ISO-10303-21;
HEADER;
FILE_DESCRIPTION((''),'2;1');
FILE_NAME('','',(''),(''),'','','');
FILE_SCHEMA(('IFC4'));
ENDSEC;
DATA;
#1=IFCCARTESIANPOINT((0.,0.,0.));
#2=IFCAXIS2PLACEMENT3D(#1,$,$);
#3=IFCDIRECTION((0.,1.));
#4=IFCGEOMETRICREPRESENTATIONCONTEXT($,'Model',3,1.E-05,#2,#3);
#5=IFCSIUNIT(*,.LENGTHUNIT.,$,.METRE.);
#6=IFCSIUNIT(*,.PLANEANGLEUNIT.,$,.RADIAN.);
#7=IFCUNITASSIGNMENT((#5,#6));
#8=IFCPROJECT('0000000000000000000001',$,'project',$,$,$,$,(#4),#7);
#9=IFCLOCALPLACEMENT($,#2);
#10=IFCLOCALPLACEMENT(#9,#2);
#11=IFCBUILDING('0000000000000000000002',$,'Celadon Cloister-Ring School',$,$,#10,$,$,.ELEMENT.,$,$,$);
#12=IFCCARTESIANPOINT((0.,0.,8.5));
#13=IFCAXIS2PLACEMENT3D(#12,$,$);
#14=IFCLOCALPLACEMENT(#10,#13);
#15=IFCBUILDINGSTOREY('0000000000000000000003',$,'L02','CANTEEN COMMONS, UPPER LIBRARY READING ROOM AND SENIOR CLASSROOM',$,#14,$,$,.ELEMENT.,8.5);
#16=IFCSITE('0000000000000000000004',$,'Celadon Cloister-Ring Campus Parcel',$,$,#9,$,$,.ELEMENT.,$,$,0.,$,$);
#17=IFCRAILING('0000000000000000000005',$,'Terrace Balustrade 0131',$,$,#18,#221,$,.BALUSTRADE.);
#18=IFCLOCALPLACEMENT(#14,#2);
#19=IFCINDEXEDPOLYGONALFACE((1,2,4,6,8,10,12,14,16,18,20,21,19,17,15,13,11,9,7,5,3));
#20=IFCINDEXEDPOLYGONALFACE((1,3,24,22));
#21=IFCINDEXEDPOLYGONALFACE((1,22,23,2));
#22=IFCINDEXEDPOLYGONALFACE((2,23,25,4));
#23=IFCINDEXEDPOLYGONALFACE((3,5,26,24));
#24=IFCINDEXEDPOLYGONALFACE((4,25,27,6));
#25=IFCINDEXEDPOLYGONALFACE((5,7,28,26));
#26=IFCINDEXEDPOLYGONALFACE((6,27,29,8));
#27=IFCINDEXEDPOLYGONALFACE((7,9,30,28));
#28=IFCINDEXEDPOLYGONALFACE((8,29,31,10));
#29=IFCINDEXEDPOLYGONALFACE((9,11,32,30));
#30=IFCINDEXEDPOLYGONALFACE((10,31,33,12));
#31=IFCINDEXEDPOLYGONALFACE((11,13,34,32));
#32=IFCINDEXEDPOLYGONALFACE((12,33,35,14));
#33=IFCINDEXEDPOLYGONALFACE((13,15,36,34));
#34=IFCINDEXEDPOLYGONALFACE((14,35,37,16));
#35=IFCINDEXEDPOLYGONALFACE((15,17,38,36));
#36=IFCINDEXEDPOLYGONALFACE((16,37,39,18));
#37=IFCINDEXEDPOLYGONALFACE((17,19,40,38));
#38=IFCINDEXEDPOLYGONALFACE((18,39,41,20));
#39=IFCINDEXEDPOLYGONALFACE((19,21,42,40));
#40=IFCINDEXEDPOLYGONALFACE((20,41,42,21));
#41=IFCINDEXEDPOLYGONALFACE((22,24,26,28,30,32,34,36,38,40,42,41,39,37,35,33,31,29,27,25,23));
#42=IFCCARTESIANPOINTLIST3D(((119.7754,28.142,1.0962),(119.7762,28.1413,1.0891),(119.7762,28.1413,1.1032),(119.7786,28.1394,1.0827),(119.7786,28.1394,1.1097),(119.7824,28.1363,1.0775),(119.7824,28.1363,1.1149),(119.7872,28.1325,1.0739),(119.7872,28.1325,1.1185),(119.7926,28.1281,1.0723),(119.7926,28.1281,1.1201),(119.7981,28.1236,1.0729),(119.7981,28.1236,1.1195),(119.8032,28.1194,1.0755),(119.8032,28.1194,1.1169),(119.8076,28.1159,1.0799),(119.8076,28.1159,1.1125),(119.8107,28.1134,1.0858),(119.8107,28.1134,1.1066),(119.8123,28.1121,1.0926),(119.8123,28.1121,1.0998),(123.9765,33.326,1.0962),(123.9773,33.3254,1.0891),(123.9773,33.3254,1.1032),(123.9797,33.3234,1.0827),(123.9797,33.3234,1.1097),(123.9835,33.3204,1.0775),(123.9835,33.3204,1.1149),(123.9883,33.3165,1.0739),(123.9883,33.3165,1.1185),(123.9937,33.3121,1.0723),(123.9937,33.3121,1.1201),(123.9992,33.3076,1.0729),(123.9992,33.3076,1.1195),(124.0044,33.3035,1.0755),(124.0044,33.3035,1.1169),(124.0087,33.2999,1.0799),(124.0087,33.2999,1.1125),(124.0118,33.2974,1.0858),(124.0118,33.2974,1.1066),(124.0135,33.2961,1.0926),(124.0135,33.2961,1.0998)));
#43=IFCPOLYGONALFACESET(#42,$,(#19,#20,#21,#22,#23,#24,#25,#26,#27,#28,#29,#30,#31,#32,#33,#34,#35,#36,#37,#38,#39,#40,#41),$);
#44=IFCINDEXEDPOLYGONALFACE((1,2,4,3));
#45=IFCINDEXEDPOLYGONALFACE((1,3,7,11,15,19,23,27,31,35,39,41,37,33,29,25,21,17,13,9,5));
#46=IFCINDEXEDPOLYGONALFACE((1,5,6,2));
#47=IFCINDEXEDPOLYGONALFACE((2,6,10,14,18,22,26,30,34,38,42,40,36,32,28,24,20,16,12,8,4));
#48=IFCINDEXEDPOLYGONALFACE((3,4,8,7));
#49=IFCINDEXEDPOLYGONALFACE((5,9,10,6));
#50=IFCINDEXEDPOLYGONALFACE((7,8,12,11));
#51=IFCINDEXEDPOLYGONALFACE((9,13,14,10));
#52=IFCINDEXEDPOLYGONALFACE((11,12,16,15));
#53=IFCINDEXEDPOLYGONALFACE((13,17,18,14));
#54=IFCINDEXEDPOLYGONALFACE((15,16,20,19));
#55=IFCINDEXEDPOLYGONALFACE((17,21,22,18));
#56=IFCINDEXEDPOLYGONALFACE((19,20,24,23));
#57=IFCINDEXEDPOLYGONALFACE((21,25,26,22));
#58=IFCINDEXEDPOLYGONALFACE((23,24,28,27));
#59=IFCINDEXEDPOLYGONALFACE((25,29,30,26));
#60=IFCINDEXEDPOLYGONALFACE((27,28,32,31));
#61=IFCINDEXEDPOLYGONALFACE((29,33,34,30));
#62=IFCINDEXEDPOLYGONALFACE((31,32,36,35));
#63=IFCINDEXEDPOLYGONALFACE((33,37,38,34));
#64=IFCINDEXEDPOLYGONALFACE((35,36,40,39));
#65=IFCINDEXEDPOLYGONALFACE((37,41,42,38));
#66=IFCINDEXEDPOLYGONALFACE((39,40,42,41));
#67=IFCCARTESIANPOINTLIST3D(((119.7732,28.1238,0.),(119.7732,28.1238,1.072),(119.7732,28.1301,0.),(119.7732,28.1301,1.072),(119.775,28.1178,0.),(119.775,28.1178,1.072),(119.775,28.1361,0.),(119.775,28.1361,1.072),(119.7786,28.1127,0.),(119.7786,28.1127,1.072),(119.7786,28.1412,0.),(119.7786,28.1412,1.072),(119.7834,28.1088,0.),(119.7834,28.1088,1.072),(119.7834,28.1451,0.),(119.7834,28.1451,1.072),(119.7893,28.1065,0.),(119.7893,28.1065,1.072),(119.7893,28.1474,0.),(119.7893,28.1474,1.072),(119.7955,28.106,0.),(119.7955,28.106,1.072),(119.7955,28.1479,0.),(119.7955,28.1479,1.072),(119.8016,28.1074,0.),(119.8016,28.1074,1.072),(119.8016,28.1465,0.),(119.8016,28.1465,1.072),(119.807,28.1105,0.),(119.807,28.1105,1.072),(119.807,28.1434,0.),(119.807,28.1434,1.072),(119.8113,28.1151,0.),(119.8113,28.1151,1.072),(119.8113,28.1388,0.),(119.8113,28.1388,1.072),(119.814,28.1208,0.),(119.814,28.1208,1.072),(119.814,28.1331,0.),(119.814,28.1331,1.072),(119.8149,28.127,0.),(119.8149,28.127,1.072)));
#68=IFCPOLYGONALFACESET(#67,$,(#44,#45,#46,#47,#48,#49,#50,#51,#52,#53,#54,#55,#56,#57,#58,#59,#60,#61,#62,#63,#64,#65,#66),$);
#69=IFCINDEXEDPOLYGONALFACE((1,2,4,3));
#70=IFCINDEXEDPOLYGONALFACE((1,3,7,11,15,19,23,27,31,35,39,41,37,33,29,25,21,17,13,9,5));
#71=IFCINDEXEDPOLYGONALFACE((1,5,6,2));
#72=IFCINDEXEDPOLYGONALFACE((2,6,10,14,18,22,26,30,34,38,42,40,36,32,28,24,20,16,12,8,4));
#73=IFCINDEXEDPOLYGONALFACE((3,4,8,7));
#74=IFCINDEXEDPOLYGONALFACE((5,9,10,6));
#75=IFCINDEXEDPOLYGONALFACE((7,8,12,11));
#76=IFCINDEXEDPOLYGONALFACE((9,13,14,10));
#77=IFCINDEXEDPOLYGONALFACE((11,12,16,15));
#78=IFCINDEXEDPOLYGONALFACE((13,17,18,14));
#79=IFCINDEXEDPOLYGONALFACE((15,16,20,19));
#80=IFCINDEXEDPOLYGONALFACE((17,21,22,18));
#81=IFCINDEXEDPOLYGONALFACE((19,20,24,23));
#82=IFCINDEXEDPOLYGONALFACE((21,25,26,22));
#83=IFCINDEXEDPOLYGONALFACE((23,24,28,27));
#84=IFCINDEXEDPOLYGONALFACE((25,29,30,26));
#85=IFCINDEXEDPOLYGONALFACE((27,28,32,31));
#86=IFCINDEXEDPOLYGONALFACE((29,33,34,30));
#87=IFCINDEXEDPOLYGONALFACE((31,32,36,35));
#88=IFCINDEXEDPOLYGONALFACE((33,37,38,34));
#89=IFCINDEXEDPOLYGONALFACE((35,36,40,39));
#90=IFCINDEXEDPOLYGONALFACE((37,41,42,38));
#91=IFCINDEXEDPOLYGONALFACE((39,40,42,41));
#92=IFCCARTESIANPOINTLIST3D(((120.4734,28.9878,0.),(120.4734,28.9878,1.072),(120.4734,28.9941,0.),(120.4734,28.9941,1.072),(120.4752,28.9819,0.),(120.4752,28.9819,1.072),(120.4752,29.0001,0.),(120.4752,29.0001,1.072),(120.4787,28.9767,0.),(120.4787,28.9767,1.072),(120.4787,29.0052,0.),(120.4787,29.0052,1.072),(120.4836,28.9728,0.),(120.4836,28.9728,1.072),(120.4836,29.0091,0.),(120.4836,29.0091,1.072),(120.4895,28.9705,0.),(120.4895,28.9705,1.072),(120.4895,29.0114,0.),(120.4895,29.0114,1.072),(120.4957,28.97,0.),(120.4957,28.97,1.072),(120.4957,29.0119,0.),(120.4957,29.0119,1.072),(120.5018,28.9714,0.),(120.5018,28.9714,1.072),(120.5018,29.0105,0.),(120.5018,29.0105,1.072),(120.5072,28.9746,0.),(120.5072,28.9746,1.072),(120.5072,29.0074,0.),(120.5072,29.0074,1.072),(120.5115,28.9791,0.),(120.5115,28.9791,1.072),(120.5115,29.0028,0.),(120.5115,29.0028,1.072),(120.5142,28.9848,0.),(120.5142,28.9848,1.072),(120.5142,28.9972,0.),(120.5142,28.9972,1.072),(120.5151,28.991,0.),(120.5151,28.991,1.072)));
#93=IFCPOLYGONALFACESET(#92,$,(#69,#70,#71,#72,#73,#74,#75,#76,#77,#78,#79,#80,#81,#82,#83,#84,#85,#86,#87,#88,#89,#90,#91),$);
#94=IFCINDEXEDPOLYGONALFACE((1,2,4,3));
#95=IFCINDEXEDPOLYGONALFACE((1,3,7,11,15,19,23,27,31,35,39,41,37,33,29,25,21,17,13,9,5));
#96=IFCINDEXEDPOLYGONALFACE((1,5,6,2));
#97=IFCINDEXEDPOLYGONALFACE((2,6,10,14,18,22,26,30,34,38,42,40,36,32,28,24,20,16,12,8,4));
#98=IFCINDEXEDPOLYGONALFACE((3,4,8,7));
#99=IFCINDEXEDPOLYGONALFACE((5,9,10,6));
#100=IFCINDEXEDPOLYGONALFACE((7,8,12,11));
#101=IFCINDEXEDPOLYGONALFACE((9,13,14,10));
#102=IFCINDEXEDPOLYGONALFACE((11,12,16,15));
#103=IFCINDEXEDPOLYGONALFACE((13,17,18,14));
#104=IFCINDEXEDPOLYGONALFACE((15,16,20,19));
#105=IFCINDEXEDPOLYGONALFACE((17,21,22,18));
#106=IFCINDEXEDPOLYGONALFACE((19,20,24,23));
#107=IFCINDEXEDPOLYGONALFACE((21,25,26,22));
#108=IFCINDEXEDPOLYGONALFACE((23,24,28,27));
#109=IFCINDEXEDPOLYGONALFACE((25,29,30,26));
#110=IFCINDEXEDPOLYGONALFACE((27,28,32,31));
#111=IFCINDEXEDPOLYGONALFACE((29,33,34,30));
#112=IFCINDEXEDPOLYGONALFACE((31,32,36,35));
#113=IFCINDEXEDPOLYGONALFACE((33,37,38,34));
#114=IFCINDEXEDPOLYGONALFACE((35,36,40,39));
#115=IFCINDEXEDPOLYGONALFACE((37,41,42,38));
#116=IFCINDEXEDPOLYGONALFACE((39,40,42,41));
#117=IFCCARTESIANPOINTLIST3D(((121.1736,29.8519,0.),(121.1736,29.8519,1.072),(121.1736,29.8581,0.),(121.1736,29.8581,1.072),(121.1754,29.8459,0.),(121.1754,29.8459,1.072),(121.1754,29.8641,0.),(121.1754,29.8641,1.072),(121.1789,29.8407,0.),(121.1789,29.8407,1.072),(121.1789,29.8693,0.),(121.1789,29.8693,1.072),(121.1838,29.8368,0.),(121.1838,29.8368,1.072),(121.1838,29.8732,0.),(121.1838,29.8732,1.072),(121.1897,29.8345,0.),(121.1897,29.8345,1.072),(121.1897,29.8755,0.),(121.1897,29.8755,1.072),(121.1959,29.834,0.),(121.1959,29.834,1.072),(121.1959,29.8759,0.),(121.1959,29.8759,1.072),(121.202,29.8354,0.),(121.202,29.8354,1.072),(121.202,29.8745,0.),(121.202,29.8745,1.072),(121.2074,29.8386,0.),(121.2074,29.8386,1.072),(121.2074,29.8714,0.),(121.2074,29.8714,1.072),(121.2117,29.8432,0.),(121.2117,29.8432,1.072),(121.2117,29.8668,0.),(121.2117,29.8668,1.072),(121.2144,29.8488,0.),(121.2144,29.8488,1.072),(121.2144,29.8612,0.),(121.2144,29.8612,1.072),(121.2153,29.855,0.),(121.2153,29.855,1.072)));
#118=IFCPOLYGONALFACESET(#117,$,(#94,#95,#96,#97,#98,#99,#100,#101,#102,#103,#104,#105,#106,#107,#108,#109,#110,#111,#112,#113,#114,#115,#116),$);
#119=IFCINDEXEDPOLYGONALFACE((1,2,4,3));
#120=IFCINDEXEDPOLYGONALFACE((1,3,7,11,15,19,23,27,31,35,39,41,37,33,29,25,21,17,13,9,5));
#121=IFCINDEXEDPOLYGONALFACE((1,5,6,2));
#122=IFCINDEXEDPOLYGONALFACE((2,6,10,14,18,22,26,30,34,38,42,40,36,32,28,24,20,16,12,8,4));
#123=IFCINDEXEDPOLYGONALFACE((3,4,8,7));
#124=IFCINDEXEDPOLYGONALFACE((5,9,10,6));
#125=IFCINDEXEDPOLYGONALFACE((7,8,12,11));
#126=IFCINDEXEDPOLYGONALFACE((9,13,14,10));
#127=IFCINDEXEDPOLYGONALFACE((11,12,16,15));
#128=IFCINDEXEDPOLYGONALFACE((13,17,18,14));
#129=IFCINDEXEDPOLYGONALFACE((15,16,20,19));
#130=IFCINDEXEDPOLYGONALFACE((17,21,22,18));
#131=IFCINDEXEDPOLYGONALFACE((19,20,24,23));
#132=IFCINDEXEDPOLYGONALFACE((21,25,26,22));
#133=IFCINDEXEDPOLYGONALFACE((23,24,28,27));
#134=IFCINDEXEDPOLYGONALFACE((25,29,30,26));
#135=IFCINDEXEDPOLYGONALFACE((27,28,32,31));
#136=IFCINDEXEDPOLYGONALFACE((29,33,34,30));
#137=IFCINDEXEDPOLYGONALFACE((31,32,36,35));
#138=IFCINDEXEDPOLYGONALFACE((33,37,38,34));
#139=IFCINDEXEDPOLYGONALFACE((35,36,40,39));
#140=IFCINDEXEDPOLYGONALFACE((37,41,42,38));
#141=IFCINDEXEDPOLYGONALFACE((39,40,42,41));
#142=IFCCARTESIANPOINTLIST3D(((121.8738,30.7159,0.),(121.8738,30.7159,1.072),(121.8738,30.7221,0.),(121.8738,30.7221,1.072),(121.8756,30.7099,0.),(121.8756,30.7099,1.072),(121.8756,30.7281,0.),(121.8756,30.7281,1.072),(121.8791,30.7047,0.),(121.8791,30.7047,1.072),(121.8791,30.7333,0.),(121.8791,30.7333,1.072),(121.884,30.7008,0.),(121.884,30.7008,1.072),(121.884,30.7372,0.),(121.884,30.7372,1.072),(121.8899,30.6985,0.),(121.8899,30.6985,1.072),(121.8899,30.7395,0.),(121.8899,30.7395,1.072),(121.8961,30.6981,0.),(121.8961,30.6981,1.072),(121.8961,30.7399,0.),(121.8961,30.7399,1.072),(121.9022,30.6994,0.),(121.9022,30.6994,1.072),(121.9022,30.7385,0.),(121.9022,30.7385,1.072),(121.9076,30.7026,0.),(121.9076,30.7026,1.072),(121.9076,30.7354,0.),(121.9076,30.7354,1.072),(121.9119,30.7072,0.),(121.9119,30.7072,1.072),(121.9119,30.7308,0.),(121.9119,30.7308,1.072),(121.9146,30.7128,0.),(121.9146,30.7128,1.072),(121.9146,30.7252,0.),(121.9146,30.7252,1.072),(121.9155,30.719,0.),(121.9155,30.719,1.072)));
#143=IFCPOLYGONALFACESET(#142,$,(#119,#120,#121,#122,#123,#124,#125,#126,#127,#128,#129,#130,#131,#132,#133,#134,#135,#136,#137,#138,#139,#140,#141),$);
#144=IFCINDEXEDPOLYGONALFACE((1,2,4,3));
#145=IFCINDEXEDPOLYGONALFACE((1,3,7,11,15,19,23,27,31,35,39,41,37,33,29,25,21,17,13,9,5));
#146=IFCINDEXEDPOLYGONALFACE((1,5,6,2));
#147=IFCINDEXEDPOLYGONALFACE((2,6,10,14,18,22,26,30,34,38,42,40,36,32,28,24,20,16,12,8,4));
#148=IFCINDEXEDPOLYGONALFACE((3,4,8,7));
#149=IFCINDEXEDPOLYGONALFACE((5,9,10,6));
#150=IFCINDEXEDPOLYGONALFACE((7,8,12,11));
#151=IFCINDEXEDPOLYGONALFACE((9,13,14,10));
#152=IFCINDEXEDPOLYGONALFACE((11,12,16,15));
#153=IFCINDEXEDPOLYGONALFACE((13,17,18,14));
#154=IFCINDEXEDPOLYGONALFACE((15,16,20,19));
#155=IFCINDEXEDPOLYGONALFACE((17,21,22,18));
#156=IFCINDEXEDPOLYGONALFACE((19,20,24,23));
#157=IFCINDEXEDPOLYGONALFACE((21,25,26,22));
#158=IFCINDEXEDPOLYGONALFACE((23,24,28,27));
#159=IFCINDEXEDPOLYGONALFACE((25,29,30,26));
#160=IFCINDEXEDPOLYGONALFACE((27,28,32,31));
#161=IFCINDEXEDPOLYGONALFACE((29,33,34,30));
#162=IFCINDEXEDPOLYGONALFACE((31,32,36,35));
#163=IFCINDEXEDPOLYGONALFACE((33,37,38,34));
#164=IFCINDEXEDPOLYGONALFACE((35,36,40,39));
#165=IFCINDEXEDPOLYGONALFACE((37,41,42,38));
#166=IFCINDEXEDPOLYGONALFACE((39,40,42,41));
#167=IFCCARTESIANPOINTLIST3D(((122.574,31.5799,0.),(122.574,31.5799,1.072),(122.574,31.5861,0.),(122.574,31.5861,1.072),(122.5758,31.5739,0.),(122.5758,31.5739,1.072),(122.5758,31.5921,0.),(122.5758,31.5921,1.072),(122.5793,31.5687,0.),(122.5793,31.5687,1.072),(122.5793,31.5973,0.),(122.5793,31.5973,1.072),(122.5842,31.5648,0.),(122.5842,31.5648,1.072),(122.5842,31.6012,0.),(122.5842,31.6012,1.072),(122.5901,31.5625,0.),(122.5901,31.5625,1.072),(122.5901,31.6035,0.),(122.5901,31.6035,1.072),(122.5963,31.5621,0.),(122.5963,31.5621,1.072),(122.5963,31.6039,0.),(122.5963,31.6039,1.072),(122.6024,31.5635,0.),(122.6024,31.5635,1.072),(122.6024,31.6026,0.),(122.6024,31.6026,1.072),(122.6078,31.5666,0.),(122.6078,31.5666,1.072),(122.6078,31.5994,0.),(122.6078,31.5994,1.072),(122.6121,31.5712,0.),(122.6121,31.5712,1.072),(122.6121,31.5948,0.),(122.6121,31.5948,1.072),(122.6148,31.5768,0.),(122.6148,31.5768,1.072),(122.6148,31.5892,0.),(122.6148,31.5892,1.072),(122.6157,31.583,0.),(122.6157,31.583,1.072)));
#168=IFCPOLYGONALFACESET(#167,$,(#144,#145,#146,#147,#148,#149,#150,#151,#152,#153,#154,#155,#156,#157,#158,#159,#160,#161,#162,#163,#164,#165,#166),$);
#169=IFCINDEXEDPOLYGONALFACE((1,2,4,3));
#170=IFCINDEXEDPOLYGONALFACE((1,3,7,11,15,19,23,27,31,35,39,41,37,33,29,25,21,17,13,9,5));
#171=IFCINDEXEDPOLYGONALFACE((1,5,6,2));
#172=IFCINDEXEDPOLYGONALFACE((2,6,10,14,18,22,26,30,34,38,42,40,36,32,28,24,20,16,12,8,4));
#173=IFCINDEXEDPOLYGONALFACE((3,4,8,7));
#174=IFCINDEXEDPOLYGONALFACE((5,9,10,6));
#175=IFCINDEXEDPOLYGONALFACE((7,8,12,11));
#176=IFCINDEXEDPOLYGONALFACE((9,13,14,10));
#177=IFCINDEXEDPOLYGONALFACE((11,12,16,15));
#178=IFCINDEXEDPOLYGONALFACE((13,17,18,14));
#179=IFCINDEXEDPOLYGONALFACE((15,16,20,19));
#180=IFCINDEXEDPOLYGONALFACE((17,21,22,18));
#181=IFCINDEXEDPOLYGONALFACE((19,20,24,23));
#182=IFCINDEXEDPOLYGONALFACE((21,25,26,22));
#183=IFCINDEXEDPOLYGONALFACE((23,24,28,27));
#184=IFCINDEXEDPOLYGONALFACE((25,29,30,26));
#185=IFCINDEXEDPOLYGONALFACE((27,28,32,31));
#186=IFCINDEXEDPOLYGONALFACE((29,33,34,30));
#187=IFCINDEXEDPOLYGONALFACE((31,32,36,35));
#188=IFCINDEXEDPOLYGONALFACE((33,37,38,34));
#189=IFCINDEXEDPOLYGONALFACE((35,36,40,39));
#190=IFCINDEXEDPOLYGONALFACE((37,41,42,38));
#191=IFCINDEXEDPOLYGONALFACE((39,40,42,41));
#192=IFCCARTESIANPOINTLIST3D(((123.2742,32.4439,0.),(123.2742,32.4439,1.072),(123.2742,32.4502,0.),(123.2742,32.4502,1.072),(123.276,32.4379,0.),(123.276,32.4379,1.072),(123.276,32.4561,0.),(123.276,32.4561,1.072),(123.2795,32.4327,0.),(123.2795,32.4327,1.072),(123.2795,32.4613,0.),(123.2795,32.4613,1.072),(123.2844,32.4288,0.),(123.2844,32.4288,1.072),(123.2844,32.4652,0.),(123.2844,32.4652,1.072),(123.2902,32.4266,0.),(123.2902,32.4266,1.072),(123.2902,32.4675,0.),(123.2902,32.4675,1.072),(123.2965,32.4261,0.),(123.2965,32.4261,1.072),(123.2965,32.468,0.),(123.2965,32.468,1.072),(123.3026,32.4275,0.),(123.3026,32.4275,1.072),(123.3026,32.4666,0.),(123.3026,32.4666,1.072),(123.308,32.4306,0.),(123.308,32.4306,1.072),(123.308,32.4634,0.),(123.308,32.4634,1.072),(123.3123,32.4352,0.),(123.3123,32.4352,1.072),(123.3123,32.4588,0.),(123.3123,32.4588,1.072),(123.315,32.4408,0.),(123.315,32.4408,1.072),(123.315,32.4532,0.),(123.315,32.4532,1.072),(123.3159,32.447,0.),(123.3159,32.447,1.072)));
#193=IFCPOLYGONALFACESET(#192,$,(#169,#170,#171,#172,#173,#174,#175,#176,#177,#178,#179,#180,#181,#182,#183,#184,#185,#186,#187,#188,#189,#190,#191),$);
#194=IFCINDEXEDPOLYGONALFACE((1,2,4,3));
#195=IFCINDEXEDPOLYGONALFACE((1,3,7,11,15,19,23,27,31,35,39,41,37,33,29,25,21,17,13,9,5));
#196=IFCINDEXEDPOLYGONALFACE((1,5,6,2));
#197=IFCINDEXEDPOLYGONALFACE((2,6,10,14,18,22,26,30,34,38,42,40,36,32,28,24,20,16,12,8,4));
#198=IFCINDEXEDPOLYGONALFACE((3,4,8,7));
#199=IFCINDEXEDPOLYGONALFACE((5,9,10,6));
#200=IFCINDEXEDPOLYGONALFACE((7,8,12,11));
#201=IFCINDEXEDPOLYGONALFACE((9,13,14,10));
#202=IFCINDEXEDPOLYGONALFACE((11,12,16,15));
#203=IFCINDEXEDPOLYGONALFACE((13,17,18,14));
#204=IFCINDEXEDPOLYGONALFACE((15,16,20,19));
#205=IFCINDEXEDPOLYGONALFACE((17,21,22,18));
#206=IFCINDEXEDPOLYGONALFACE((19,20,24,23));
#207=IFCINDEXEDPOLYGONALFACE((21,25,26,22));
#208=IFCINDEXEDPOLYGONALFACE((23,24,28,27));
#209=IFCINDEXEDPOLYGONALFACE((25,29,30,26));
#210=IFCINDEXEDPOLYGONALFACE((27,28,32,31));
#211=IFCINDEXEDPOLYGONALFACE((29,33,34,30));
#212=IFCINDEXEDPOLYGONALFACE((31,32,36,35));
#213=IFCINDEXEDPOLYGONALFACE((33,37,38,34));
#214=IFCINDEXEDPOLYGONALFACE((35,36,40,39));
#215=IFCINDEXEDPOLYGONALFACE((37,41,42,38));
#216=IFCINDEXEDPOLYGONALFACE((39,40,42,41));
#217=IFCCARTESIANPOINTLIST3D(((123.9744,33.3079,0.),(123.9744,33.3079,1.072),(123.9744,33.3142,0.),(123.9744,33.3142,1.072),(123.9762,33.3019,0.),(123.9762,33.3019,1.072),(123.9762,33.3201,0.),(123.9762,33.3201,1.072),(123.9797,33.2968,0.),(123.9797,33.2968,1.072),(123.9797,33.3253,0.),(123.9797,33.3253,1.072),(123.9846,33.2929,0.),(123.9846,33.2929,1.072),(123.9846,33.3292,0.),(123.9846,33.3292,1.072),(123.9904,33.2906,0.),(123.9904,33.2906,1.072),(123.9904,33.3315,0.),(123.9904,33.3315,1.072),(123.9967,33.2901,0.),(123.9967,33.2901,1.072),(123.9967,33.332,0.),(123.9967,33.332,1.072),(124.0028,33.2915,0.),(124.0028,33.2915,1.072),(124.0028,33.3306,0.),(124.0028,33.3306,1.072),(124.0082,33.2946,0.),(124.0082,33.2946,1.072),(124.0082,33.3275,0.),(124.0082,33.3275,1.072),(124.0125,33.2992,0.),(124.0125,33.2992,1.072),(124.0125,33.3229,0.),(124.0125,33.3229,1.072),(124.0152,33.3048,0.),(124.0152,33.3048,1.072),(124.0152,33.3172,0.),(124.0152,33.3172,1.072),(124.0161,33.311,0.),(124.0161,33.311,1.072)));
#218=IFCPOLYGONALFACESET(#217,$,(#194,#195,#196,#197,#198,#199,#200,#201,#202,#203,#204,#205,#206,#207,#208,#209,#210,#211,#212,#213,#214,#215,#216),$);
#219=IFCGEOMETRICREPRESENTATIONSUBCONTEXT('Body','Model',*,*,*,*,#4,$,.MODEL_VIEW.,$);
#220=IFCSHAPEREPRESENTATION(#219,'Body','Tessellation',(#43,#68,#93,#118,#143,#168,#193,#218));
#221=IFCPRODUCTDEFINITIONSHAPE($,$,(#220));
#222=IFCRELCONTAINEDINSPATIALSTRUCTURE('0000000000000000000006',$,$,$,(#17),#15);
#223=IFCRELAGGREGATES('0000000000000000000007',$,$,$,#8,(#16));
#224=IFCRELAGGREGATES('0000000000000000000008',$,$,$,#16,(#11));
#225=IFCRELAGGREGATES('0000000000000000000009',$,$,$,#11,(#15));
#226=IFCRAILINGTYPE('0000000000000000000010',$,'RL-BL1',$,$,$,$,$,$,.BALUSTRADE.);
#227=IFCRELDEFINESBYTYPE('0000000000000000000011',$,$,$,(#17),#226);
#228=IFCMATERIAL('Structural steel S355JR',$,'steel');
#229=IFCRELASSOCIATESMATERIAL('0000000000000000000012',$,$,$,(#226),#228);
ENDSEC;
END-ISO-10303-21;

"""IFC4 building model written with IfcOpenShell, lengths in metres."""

from ifc_helpers import new_model, si_unit, direction, frame, origin, origin_2d, place, context, subcontext, project, spatial, circle, extrude, material, type_object, element, save


model = new_model("IFC4")

# Units and contexts
model_context = context("Model", 3, precision=1e-05, world=origin(), true_north=direction((0.0, 1.0)))
body_context = subcontext(model_context, "Body", "Model", "MODEL_VIEW")
ifc_project = project(units=[si_unit("LENGTHUNIT", "METRE"), si_unit("PLANEANGLEUNIT", "RADIAN")], contexts=[model_context])

# Site, building, storey
site_placement = place(None, origin())
site = spatial("IfcSite", under=ifc_project, at=site_placement, Name="Celadon Cloister-Ring Campus Parcel", CompositionType="ELEMENT", RefElevation=0.0)
building_placement = place(site_placement, origin())
building = spatial("IfcBuilding", under=site, at=building_placement, Name="Celadon Cloister-Ring School", CompositionType="ELEMENT")
storey_placement = place(building_placement, frame((0.0, 0.0, 8.5)))
storey = spatial("IfcBuildingStorey", under=building, at=storey_placement, Name="L02", Description="CANTEEN COMMONS, UPPER LIBRARY READING ROOM AND SENIOR CLASSROOM", CompositionType="ELEMENT", Elevation=8.5)

# Railing
ifc_material_1 = material(Name="Structural steel S355JR", Category="steel")
railing_type = type_object("IfcRailingType", Name="RL-BL1", PredefinedType="BALUSTRADE", material=ifc_material_1)
railing_1_placement = place(storey_placement, frame((119.7939, 28.127, 0.0)))
element("IfcRailing", 1, at=railing_1_placement, inside=storey, type_object=railing_type, Name="Terrace Balustrade 0131", PredefinedType="BALUSTRADE", context=body_context, shape_type="SweptSolid", body=[
    extrude(circle(Radius=0.0239, at=origin_2d()), frame((0.0, 0.0, 1.0962), z_axis=(0.629609, 0.776912, 0.0), x_axis=(-0.776912, 0.629609, 0.0)), (0.0, 0.0, 1.0), 6.6726),
    extrude(circle(Radius=0.021, at=origin_2d()), origin(), (0.0, 0.0, 1.0), 1.072),
    extrude(circle(Radius=0.021, at=origin_2d()), frame((0.7002, 0.864, 0.0)), (0.0, 0.0, 1.0), 1.072),
    extrude(circle(Radius=0.021, at=origin_2d()), frame((1.4004, 1.728, 0.0)), (0.0, 0.0, 1.0), 1.072),
    extrude(circle(Radius=0.021, at=origin_2d()), frame((2.1006, 2.592, 0.0)), (0.0, 0.0, 1.0), 1.072),
    extrude(circle(Radius=0.021, at=origin_2d()), frame((2.8008, 3.4561, 0.0)), (0.0, 0.0, 1.0), 1.072),
    extrude(circle(Radius=0.021, at=origin_2d()), frame((3.501, 4.3201, 0.0)), (0.0, 0.0, 1.0), 1.072),
    extrude(circle(Radius=0.021, at=origin_2d()), frame((4.2012, 5.1841, 0.0)), (0.0, 0.0, 1.0), 1.072),
])

save(model, "model.ifc")
